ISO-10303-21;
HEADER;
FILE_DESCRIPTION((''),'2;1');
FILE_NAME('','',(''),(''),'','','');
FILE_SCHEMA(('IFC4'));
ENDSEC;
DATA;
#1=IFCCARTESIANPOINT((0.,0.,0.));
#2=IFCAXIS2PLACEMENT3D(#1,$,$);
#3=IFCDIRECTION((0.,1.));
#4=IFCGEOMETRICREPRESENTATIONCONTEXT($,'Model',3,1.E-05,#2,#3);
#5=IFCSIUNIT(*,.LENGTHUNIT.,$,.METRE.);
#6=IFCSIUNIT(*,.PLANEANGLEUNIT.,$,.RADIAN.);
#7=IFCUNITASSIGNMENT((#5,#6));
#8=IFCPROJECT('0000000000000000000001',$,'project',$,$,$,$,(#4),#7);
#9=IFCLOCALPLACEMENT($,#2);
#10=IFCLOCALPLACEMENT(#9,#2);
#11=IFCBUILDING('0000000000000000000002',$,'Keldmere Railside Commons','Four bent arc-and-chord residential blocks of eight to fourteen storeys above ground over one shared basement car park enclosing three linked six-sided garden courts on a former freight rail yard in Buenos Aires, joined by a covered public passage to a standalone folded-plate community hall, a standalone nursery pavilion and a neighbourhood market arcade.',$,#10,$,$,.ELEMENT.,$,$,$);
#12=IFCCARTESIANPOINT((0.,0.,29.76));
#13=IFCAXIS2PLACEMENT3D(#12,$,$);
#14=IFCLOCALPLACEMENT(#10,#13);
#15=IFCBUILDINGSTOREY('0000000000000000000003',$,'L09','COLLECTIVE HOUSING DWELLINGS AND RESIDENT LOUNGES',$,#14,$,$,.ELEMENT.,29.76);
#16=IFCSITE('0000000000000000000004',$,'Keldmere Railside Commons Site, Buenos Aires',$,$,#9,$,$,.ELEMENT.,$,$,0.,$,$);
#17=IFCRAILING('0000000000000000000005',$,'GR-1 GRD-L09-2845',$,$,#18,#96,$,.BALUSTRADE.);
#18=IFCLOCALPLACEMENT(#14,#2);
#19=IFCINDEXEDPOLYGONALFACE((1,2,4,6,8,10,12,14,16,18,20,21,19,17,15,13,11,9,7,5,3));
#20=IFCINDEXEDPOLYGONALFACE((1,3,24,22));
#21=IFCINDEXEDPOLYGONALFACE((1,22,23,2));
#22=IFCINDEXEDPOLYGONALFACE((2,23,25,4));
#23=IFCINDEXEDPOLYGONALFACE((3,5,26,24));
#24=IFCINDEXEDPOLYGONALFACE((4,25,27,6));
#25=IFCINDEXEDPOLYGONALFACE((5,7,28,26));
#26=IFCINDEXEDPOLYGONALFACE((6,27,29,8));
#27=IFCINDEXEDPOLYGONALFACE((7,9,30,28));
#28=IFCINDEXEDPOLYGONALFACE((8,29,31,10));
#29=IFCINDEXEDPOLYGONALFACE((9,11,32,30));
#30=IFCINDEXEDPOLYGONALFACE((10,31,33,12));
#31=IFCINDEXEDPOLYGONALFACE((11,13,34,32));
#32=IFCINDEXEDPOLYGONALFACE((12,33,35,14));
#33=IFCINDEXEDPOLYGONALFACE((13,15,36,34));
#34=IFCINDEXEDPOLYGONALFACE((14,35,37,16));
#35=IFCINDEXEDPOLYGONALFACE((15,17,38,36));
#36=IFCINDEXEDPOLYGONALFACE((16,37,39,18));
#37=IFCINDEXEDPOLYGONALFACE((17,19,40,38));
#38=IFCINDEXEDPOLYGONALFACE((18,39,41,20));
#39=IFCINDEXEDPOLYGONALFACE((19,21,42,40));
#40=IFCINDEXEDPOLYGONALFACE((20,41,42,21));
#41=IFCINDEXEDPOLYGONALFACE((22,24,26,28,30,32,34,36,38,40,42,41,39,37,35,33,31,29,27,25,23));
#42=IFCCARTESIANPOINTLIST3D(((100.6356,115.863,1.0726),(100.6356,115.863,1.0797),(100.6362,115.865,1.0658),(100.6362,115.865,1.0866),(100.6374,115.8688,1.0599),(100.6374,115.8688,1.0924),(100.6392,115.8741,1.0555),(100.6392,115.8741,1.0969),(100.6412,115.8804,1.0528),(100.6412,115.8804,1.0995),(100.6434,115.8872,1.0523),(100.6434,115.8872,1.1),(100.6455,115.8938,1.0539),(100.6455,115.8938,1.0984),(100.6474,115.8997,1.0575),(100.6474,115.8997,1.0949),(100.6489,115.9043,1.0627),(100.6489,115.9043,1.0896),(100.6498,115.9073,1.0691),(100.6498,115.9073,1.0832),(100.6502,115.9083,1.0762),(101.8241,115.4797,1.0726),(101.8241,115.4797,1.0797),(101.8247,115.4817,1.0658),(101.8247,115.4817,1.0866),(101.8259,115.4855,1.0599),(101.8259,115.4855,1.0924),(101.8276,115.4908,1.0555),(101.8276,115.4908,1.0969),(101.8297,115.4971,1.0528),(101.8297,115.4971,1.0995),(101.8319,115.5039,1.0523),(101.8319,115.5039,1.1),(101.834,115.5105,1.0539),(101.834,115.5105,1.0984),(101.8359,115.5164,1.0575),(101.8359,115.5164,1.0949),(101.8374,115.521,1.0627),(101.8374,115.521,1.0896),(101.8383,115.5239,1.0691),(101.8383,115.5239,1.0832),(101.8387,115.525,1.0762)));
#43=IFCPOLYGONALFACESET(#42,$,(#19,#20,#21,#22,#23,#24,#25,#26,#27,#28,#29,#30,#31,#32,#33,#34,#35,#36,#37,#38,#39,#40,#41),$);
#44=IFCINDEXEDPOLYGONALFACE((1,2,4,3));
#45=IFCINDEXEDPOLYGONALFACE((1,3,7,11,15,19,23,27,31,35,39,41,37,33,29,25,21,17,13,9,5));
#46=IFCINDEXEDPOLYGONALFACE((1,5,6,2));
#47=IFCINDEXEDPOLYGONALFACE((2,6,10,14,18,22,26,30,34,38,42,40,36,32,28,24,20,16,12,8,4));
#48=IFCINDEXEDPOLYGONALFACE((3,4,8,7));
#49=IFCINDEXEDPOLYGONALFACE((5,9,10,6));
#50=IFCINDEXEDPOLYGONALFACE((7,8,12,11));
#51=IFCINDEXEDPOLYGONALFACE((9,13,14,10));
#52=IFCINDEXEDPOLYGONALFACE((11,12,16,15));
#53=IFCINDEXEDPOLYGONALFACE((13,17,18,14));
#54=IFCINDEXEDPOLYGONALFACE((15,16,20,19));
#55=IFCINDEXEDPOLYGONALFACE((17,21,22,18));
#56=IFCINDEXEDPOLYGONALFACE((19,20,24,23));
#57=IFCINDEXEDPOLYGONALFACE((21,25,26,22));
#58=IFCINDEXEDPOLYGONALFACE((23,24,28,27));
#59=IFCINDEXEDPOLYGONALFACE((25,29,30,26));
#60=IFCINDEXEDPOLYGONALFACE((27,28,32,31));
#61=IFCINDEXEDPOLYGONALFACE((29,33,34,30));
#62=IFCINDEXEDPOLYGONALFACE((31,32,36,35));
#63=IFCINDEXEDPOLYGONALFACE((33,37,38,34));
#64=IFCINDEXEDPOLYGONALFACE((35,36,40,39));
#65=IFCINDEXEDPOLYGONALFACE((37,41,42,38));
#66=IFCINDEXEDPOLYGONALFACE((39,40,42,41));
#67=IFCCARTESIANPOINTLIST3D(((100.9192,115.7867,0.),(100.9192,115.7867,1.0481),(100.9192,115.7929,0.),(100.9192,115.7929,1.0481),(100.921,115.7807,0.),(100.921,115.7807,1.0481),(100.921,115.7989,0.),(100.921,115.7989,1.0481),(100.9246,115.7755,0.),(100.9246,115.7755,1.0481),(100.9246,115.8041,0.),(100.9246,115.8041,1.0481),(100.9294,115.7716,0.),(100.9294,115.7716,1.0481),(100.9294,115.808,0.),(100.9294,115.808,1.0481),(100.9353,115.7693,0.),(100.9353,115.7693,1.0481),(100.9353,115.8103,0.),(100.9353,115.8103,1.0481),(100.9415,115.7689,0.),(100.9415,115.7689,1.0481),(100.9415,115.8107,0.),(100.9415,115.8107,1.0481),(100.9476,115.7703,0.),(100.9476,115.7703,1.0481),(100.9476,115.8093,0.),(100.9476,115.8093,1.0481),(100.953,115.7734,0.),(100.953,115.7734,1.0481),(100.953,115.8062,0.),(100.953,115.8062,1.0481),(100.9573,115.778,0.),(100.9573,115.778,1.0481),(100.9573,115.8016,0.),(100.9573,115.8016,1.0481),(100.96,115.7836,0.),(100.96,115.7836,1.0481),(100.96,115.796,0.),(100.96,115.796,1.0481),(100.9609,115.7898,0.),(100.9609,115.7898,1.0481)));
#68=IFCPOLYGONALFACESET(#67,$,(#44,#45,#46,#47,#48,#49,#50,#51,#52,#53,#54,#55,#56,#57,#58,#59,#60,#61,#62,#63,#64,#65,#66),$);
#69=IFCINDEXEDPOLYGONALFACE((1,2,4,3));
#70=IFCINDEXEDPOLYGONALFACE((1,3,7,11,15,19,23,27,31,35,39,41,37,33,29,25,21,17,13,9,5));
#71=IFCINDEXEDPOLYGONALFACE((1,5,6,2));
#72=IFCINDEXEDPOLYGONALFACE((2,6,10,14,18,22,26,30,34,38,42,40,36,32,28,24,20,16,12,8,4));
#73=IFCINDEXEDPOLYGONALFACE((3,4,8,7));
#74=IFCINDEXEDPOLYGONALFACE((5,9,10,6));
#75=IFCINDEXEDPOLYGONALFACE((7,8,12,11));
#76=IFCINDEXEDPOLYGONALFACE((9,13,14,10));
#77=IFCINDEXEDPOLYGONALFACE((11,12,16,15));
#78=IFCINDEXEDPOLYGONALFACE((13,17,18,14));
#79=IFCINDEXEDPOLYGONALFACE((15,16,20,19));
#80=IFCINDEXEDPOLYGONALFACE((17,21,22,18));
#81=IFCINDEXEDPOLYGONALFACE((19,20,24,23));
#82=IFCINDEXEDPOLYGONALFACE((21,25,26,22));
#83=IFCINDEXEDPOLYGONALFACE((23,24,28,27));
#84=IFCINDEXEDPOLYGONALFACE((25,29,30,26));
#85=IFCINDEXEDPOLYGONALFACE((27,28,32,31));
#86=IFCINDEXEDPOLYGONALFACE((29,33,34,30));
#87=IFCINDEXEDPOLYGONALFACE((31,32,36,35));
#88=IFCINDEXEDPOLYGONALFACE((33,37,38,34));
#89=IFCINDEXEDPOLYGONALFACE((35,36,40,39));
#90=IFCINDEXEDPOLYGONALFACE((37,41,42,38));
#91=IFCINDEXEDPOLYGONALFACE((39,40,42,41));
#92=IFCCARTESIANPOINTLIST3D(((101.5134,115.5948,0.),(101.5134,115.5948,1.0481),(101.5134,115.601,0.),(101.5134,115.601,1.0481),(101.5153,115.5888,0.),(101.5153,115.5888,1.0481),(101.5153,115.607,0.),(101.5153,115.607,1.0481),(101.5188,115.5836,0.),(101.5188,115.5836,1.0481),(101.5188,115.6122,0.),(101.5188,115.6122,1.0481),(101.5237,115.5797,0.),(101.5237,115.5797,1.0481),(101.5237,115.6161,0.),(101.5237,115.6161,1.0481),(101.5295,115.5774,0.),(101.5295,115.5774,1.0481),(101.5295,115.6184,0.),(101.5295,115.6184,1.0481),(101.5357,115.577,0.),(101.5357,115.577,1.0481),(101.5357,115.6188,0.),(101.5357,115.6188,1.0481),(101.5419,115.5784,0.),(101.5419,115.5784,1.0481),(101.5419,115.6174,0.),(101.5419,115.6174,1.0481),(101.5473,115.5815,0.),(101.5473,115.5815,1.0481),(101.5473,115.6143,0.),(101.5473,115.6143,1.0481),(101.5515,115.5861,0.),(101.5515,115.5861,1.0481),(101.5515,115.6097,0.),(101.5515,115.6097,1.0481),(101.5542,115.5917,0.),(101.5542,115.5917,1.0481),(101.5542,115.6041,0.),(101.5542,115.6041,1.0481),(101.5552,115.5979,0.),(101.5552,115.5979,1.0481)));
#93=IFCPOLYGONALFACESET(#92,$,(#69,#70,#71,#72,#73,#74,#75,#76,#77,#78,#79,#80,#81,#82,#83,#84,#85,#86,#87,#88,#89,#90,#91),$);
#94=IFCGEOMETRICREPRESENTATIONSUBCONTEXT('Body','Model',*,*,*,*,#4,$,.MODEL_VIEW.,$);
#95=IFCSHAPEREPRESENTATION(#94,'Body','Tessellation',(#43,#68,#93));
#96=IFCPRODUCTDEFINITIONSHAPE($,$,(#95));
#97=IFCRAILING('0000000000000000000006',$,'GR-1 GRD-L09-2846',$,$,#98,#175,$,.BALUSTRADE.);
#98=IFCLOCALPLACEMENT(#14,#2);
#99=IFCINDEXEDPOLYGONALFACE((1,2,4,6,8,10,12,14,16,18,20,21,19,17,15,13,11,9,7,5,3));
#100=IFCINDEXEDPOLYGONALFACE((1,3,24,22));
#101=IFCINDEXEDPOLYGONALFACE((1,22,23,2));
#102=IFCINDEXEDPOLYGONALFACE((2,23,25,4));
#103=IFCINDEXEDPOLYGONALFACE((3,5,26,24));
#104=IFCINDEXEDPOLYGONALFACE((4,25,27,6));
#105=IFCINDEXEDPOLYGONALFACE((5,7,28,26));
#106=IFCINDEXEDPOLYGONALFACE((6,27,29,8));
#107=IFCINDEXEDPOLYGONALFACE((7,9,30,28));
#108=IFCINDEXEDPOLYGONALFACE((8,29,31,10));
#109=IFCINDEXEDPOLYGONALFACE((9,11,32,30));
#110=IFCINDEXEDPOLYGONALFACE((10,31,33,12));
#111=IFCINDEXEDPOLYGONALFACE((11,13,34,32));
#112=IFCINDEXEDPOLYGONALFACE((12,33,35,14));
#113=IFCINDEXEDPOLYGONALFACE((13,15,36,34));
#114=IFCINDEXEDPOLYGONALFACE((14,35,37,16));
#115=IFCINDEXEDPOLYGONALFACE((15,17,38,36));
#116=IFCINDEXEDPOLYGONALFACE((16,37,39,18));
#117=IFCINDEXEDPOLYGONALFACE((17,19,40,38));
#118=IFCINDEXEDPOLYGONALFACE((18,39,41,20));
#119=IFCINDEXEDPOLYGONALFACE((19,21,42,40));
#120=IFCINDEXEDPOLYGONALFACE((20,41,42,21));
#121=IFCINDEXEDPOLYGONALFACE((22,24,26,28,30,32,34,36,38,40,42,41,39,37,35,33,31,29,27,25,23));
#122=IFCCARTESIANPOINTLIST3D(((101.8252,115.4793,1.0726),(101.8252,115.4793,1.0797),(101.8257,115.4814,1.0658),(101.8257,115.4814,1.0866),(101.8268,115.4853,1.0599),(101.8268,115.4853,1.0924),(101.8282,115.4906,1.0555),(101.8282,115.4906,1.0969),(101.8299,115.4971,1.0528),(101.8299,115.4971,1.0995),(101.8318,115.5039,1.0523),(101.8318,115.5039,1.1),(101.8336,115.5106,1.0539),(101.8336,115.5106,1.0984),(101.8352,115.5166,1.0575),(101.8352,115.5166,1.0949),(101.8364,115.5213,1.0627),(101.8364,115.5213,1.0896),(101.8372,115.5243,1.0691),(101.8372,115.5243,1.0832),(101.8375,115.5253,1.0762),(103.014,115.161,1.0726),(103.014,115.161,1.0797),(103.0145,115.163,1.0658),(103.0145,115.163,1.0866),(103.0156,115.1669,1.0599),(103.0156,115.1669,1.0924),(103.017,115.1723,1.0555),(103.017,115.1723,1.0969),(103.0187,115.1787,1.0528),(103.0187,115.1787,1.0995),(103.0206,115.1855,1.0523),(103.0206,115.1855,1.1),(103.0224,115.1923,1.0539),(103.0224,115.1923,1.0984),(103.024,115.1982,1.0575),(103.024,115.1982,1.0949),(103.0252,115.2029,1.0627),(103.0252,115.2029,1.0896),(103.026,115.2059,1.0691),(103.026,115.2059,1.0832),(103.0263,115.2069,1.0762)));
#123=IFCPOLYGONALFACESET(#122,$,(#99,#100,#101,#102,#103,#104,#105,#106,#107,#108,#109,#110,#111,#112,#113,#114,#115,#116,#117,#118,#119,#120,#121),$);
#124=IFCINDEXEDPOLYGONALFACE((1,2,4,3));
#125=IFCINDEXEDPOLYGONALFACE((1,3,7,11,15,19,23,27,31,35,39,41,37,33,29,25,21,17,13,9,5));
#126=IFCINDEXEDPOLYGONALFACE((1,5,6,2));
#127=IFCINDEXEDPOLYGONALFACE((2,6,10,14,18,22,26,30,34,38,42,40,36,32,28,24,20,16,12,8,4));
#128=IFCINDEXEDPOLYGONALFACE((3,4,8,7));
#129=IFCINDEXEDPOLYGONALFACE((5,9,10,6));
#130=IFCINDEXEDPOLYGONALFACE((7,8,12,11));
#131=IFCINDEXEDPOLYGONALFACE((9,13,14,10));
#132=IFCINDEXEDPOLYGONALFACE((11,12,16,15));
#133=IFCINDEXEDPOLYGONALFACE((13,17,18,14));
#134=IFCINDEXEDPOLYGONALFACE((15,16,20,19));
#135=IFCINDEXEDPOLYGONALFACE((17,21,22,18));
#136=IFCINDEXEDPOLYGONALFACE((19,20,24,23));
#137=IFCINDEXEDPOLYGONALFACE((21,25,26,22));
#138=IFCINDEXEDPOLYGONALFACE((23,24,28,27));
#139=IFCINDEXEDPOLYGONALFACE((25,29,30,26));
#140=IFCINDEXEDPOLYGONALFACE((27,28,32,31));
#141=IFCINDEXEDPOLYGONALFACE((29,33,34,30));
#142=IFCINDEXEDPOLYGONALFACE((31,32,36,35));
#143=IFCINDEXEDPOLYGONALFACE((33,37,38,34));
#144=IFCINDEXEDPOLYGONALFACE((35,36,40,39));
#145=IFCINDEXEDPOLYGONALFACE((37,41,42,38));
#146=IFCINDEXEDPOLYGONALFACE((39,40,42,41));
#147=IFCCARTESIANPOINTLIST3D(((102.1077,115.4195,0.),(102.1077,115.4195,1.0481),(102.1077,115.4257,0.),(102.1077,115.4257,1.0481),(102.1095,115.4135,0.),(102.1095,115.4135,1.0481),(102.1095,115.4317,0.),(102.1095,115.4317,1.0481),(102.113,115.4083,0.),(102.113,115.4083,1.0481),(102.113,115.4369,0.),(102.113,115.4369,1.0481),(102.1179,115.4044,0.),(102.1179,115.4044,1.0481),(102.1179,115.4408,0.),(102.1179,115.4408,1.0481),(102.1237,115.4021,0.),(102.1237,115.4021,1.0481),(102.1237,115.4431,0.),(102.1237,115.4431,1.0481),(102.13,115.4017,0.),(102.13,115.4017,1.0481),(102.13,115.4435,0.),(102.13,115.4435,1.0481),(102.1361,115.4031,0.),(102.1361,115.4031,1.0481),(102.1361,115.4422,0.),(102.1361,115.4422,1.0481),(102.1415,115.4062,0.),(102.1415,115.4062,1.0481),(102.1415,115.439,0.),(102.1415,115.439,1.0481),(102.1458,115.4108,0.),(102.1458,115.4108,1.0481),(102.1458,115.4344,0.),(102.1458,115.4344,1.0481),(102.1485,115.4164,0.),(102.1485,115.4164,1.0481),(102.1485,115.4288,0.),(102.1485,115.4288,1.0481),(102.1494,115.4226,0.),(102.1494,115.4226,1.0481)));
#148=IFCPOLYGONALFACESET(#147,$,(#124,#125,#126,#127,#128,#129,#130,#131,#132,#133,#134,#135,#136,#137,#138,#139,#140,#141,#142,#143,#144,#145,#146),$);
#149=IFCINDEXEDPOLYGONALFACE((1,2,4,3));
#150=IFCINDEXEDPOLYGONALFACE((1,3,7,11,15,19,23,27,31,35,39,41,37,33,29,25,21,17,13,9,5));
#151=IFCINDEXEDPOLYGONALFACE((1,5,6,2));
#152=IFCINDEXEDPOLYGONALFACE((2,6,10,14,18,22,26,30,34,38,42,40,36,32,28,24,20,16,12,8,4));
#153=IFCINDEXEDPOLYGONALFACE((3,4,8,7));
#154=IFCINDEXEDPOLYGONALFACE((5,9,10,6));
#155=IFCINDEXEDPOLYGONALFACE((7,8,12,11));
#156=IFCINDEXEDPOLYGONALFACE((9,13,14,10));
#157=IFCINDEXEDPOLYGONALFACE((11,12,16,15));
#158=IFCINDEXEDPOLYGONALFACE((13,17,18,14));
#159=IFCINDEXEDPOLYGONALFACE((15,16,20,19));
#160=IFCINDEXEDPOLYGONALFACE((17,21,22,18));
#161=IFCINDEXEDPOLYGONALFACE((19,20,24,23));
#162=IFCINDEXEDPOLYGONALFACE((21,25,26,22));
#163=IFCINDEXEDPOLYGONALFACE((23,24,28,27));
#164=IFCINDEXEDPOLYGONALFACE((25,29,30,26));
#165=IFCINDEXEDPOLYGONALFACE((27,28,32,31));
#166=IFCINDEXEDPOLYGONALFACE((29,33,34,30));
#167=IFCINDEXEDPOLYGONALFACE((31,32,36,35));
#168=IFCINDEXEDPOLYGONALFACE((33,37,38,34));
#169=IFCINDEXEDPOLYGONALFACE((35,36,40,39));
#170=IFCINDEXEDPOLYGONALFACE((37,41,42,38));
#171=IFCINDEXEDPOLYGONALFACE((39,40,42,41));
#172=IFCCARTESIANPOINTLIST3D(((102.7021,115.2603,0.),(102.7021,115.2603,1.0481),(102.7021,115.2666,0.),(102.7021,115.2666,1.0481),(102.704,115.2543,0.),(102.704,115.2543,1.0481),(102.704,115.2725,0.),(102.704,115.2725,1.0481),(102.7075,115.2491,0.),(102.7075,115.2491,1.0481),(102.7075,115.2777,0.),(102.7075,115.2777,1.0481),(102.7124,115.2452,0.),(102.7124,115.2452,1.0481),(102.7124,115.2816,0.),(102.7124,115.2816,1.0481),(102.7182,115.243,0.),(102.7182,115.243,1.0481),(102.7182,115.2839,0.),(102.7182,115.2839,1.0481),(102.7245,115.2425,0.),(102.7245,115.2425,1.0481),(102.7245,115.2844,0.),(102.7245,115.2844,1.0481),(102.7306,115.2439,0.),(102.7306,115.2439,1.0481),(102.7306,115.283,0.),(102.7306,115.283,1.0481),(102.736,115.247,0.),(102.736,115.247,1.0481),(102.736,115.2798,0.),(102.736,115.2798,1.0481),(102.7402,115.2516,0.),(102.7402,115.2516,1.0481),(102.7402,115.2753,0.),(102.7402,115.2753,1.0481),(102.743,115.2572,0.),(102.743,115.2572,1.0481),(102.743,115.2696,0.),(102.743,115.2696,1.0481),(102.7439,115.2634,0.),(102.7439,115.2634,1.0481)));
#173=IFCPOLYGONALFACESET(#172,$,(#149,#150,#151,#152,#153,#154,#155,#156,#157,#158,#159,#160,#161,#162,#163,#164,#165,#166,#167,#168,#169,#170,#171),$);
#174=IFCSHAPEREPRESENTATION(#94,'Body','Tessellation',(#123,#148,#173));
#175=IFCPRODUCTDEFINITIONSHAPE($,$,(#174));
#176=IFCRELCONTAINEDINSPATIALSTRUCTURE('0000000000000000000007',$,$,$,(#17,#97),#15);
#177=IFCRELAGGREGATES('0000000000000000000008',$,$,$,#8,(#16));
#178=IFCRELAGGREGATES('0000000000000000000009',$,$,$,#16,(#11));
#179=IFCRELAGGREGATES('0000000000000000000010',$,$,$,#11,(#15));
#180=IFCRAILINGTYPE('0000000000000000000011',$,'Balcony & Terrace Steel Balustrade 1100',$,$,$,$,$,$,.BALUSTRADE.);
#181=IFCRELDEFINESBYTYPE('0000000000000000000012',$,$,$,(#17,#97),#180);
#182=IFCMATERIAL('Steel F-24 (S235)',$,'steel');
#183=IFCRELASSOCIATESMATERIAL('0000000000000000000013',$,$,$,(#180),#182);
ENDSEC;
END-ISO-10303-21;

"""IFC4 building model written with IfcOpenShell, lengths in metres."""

from ifc_helpers import new_model, si_unit, direction, frame, origin, origin_2d, place, context, subcontext, project, spatial, circle, extrude, material, type_object, element, save


model = new_model("IFC4")

# Units and contexts
model_context = context("Model", 3, precision=1e-05, world=origin(), true_north=direction((0.0, 1.0)))
body_context = subcontext(model_context, "Body", "Model", "MODEL_VIEW")
ifc_project = project(units=[si_unit("LENGTHUNIT", "METRE"), si_unit("PLANEANGLEUNIT", "RADIAN")], contexts=[model_context])

# Site, building, storey
site_placement = place(None, origin())
site = spatial("IfcSite", under=ifc_project, at=site_placement, Name="Keldmere Railside Commons Site, Buenos Aires", CompositionType="ELEMENT", RefElevation=0.0)
building_placement = place(site_placement, origin())
building = spatial("IfcBuilding", under=site, at=building_placement, Name="Keldmere Railside Commons", Description="Four bent arc-and-chord residential blocks of eight to fourteen storeys above ground over one shared basement car park enclosing three linked six-sided garden courts on a former freight rail yard in Buenos Aires, joined by a covered public passage to a standalone folded-plate community hall, a standalone nursery pavilion and a neighbourhood market arcade.", CompositionType="ELEMENT")
storey_placement = place(building_placement, frame((0.0, 0.0, 29.76)))
storey = spatial("IfcBuildingStorey", under=building, at=storey_placement, Name="L09", Description="COLLECTIVE HOUSING DWELLINGS AND RESIDENT LOUNGES", CompositionType="ELEMENT", Elevation=29.76)

# Railings
ifc_material_1 = material(Name="Steel F-24 (S235)", Category="steel")
railing_type = type_object("IfcRailingType", Name="Balcony & Terrace Steel Balustrade 1100", PredefinedType="BALUSTRADE", material=ifc_material_1)
railing_1_placement = place(storey_placement, frame((100.6428, 115.8855, 0.0)))
element("IfcRailing", 1, at=railing_1_placement, inside=storey, type_object=railing_type, Name="GR-1 GRD-L09-2845", PredefinedType="BALUSTRADE", context=body_context, shape_type="SweptSolid", body=[
    extrude(circle(Radius=0.0239, at=origin_2d()), frame((0.0, 0.0, 1.0762), z_axis=(0.951727, -0.306946, 0.0), x_axis=(0.306946, 0.951727, 0.0)), (0.0, 0.0, 1.0), 1.2488),
    extrude(circle(Radius=0.021, at=origin_2d()), frame((0.2971, -0.0957, 0.0)), (0.0, 0.0, 1.0), 1.0481),
    extrude(circle(Radius=0.021, at=origin_2d()), frame((0.8914, -0.2876, 0.0)), (0.0, 0.0, 1.0), 1.0481),
])
railing_2_placement = place(storey_placement, frame((101.8313, 115.5022, 0.0)))
element("IfcRailing", 2, at=railing_2_placement, inside=storey, type_object=railing_type, Name="GR-1 GRD-L09-2846", PredefinedType="BALUSTRADE", context=body_context, shape_type="SweptSolid", body=[
    extrude(circle(Radius=0.0239, at=origin_2d()), frame((0.0, 0.0, 1.0762), z_axis=(0.965958, -0.2587, 0.0), x_axis=(0.2587, 0.965958, 0.0)), (0.0, 0.0, 1.0), 1.2307),
    extrude(circle(Radius=0.021, at=origin_2d()), frame((0.2971, -0.0796, 0.0)), (0.0, 0.0, 1.0), 1.0481),
    extrude(circle(Radius=0.021, at=origin_2d()), frame((0.8916, -0.2388, 0.0)), (0.0, 0.0, 1.0), 1.0481),
])

save(model, "model.ifc")
